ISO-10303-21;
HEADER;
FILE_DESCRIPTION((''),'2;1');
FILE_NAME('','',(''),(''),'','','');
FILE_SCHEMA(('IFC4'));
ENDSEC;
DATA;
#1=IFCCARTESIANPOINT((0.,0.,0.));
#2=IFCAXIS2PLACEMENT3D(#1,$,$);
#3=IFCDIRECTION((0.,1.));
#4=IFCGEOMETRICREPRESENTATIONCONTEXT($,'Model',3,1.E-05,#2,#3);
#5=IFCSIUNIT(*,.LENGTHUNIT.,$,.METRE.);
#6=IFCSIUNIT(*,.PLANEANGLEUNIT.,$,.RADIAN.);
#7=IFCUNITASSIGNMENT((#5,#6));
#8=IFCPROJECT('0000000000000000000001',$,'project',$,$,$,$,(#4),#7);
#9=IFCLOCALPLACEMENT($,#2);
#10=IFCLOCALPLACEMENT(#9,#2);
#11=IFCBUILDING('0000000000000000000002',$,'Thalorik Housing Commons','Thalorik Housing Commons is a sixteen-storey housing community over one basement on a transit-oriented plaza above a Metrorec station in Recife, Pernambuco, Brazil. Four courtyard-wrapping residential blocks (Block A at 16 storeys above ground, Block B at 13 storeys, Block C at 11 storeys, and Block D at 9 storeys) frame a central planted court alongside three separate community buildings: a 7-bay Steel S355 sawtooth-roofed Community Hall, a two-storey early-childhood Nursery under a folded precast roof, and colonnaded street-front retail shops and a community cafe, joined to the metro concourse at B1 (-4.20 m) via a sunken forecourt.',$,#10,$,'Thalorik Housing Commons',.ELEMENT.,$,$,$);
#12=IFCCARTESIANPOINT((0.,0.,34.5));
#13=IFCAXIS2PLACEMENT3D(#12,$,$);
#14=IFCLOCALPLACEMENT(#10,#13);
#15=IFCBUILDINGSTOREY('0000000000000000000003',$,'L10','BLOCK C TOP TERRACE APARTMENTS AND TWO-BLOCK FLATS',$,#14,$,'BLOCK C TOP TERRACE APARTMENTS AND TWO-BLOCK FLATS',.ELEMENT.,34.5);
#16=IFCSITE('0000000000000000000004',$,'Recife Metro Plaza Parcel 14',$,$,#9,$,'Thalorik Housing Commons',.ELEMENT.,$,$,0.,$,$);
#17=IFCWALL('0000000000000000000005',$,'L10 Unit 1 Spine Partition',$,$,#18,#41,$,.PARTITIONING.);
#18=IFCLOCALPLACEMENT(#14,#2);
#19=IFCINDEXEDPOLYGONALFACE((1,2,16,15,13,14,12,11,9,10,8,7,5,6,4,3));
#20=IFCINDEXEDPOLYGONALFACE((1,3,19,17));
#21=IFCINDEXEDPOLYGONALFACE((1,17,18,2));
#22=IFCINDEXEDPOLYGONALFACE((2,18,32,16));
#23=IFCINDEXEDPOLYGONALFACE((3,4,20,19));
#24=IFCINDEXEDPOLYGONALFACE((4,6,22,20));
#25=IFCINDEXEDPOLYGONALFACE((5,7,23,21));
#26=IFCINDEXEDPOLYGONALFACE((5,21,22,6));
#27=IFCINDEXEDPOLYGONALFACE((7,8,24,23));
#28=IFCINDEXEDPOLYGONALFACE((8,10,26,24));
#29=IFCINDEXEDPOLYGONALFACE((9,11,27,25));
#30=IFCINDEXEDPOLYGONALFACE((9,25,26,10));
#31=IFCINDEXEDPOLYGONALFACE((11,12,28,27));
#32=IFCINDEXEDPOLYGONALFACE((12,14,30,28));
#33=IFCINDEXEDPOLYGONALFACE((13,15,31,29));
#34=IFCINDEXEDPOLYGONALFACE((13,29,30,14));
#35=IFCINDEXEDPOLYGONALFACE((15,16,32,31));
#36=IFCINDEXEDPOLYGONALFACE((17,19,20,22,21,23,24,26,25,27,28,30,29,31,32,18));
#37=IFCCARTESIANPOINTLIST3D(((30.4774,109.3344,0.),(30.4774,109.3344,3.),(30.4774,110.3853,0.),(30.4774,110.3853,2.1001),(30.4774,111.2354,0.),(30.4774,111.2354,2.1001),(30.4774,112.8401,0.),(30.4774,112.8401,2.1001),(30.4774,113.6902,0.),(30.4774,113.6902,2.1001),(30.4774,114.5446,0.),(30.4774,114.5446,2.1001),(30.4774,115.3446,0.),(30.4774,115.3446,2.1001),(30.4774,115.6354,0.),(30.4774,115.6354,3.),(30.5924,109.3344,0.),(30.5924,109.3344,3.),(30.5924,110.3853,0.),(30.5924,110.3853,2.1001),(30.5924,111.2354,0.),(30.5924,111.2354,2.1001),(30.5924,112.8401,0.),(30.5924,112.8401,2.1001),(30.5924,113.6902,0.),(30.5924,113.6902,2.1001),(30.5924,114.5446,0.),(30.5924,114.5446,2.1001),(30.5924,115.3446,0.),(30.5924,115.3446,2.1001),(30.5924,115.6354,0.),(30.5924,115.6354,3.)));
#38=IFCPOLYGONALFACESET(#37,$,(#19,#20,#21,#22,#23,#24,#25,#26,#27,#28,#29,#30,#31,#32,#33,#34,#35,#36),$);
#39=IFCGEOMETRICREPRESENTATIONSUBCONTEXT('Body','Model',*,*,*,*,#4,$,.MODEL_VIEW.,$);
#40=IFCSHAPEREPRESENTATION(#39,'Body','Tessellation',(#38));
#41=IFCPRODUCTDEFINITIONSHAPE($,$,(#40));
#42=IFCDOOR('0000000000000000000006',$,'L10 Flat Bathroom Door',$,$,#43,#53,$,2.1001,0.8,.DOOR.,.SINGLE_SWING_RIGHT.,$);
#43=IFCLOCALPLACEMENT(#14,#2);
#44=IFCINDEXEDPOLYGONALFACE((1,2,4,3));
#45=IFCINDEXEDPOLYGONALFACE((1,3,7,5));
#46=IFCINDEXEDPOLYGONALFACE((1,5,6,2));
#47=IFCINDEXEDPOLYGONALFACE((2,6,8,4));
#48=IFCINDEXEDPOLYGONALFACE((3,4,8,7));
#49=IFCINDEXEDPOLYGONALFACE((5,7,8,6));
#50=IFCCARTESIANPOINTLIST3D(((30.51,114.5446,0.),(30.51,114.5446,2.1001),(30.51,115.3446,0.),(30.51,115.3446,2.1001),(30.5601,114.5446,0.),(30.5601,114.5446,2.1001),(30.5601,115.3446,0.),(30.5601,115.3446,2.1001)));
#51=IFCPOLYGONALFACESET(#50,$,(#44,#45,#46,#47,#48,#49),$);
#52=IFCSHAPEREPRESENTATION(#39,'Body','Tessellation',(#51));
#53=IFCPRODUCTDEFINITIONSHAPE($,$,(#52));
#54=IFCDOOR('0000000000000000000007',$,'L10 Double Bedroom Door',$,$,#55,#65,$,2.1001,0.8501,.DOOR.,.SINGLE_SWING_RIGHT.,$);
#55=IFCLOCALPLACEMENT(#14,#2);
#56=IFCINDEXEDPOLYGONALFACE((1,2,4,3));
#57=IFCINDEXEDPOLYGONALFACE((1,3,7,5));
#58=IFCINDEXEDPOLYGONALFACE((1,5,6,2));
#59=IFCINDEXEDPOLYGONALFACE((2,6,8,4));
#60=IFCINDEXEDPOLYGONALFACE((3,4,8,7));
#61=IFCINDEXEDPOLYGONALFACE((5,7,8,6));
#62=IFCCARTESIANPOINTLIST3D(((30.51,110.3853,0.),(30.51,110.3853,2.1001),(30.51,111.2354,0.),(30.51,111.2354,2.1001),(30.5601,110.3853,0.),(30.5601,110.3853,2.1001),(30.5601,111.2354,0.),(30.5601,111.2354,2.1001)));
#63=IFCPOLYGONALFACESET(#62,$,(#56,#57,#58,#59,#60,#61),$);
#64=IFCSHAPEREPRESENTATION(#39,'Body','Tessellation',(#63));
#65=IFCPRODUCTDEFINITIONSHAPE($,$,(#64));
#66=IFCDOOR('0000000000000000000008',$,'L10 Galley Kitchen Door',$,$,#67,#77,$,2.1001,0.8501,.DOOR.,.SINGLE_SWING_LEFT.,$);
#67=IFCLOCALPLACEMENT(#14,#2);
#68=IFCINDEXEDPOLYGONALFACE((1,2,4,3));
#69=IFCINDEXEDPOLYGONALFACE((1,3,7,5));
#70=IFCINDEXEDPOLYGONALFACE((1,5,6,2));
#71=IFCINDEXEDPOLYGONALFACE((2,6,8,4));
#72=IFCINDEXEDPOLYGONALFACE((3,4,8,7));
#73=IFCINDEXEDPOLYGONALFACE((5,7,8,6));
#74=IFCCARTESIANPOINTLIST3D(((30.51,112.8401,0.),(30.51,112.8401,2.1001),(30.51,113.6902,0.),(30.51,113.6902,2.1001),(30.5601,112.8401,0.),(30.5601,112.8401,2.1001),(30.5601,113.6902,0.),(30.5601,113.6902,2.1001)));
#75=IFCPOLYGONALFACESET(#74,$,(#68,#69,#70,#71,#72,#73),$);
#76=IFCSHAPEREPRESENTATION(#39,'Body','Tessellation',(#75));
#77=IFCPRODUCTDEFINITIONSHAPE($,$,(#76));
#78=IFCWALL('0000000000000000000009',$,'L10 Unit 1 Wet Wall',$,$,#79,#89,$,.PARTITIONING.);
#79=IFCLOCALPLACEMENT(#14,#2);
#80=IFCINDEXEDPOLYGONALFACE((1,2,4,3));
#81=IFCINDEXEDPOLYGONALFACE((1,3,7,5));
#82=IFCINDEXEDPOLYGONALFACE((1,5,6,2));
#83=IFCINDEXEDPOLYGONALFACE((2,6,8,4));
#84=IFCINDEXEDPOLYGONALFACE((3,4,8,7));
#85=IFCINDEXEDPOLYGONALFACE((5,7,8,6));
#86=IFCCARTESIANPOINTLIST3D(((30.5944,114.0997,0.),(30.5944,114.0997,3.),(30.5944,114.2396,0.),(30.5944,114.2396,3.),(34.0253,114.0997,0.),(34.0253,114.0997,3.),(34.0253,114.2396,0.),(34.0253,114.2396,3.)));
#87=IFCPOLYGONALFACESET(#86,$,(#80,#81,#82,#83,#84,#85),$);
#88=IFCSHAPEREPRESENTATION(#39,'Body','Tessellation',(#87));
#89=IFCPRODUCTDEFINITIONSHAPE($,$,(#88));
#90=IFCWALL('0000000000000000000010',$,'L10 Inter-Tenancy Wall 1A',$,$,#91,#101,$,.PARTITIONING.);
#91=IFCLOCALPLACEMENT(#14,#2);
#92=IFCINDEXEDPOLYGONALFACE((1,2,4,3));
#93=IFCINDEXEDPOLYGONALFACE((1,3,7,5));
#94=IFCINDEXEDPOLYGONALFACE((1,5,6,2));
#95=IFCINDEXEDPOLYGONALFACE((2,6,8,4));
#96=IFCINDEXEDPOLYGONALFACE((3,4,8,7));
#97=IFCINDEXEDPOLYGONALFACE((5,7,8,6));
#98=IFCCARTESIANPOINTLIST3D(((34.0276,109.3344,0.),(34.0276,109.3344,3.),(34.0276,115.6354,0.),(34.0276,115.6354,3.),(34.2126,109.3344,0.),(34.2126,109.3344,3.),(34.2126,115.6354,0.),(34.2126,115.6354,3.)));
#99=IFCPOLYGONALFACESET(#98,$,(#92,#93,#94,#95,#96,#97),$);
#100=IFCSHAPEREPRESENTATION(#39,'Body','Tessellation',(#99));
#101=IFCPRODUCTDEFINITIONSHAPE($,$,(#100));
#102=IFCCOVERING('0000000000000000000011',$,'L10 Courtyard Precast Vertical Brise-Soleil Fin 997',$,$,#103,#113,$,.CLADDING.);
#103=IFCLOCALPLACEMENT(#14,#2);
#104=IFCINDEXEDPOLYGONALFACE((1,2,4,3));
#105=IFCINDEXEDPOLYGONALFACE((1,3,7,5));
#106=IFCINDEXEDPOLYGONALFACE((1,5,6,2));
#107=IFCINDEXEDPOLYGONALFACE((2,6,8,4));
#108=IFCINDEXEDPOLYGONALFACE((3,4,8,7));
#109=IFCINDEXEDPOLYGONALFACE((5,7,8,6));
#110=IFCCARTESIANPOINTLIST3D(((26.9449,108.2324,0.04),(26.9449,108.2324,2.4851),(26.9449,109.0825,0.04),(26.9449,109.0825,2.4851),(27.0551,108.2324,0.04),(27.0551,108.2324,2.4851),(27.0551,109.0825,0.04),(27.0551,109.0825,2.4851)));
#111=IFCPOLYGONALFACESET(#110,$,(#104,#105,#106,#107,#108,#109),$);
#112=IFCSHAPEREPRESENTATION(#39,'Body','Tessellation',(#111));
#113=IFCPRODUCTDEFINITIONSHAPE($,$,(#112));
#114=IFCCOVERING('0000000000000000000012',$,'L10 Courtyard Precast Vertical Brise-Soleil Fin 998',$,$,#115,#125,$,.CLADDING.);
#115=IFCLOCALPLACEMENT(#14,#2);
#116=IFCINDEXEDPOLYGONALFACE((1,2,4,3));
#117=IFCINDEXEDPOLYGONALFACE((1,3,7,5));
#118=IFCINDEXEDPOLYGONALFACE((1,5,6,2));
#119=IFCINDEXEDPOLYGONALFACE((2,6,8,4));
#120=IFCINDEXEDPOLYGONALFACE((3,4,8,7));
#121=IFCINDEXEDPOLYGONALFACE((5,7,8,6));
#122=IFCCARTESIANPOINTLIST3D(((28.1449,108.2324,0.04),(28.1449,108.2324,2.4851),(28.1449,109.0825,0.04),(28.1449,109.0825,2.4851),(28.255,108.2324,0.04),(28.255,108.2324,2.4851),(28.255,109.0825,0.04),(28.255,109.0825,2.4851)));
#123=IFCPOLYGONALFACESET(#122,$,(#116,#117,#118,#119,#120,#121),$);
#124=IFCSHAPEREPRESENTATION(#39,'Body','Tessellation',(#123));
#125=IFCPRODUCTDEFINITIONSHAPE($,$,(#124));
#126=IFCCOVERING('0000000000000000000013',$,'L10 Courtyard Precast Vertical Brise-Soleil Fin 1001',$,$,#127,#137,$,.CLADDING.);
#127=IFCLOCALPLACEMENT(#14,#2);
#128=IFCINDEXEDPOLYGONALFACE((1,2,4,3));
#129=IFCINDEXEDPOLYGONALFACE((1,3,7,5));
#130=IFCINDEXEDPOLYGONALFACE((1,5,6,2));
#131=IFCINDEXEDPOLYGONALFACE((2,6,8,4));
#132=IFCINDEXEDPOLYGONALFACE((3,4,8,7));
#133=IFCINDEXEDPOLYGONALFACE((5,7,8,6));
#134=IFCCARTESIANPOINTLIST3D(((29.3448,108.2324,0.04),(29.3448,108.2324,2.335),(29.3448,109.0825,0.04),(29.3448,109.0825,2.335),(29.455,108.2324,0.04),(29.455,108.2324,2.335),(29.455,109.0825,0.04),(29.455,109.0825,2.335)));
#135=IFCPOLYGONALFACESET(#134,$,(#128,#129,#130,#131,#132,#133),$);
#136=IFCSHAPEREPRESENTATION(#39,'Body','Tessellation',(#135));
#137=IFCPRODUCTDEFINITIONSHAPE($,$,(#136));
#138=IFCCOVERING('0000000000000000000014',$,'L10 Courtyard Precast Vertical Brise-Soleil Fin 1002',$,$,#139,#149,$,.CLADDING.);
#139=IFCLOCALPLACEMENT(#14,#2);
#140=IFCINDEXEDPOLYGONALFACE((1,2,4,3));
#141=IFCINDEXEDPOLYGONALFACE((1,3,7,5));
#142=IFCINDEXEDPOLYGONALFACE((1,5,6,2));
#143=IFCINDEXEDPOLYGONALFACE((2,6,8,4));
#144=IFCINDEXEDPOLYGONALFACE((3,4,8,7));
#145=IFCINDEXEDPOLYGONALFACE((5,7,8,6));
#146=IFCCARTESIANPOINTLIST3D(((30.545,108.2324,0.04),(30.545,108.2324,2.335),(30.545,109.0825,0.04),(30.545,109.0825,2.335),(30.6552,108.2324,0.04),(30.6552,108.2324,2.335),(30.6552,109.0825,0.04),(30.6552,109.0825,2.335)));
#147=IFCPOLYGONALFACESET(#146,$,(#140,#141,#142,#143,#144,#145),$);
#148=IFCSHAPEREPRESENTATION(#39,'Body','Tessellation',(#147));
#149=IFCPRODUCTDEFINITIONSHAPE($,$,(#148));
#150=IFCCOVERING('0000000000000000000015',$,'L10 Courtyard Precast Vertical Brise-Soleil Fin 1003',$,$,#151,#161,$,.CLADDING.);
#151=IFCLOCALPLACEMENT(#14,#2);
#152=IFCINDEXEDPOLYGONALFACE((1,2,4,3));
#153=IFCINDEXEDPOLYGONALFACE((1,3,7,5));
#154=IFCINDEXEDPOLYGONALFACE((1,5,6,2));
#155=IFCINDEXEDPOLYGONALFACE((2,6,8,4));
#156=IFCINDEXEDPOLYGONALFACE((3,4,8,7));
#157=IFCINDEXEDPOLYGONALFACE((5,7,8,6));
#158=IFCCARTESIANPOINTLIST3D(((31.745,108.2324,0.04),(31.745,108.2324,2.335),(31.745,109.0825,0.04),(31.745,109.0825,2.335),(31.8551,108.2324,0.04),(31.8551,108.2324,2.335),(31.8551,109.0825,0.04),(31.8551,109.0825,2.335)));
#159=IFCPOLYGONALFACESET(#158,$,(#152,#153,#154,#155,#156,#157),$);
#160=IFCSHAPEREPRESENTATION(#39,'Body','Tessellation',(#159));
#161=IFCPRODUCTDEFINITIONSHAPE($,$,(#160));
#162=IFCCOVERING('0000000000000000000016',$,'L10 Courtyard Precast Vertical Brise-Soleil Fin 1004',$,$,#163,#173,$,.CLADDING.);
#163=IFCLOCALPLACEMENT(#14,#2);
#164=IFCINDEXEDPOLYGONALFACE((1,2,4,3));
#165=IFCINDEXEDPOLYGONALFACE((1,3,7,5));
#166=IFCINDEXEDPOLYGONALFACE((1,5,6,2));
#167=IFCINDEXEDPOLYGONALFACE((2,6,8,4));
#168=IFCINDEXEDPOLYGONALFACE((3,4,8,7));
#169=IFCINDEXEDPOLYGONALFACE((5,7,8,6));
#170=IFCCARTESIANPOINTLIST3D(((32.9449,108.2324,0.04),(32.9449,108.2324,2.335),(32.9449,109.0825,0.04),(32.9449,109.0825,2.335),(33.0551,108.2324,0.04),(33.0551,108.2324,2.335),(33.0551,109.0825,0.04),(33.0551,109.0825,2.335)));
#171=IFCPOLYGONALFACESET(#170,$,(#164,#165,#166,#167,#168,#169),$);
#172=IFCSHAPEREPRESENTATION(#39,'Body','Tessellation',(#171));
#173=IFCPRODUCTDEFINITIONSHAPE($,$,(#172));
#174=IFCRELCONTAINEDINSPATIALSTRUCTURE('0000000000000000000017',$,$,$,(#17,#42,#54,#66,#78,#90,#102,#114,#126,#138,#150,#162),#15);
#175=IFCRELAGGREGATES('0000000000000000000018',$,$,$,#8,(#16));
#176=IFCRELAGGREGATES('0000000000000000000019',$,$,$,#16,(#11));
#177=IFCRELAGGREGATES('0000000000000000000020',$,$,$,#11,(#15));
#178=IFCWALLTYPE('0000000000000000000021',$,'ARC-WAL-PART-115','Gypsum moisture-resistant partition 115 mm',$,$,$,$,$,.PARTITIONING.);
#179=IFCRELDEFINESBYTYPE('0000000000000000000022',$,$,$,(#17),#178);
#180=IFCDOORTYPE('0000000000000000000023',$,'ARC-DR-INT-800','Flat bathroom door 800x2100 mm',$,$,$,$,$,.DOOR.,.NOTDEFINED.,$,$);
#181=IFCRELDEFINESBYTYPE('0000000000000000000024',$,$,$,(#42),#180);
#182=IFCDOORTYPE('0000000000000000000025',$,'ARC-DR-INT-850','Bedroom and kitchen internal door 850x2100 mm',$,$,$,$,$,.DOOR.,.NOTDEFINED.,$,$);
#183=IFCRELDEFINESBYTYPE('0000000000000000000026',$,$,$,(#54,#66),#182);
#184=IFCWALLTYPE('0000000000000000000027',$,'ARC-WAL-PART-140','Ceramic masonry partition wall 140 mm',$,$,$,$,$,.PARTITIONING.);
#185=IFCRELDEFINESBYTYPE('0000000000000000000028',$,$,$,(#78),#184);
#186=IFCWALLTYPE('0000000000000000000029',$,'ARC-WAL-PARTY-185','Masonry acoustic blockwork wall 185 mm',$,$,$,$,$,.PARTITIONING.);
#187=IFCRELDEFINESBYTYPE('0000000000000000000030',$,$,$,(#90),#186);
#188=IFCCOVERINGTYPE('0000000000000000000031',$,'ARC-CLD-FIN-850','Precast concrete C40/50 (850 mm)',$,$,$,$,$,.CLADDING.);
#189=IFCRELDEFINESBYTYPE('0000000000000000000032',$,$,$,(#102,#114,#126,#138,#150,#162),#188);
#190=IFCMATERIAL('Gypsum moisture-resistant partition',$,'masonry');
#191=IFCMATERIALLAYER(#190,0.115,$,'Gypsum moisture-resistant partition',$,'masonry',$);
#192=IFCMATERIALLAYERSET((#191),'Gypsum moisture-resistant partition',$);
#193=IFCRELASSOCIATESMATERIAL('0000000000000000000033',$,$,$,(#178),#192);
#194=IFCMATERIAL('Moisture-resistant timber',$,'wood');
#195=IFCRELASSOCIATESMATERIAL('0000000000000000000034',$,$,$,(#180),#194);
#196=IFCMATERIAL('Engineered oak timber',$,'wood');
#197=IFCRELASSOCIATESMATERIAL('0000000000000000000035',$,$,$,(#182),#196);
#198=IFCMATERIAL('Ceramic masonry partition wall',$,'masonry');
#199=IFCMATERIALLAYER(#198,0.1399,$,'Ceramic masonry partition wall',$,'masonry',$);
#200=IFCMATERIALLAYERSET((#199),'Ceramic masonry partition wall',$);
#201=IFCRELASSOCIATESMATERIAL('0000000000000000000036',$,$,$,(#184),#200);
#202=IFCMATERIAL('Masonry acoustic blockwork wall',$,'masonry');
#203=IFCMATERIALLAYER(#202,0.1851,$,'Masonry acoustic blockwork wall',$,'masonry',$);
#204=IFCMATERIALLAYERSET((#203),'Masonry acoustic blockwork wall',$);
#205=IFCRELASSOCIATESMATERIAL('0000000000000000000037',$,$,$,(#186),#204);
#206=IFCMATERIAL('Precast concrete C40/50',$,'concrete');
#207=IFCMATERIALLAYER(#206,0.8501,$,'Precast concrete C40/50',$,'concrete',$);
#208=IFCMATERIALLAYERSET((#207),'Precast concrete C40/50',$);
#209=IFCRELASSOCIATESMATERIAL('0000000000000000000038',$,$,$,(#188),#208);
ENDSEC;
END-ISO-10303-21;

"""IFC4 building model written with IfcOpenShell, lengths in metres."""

from ifc_helpers import new_model, si_unit, direction, frame, frame_2d, origin, origin_2d, place, context, subcontext, project, spatial, rectangle, extrude, material, layer, layer_set, type_object, element, fill, save


model = new_model("IFC4")

# Units and contexts
model_context = context("Model", 3, precision=1e-05, world=origin(), true_north=direction((0.0, 1.0)))
body_context = subcontext(model_context, "Body", "Model", "MODEL_VIEW")
ifc_project = project(units=[si_unit("LENGTHUNIT", "METRE"), si_unit("PLANEANGLEUNIT", "RADIAN")], contexts=[model_context])

# Site, building, storey
site_placement = place(None, origin())
site = spatial("IfcSite", under=ifc_project, at=site_placement, Name="Recife Metro Plaza Parcel 14", LongName="Thalorik Housing Commons", CompositionType="ELEMENT", RefElevation=0.0)
building_placement = place(site_placement, origin())
building = spatial("IfcBuilding", under=site, at=building_placement, Name="Thalorik Housing Commons", Description="Thalorik Housing Commons is a sixteen-storey housing community over one basement on a transit-oriented plaza above a Metrorec station in Recife, Pernambuco, Brazil. Four courtyard-wrapping residential blocks (Block A at 16 storeys above ground, Block B at 13 storeys, Block C at 11 storeys, and Block D at 9 storeys) frame a central planted court alongside three separate community buildings: a 7-bay Steel S355 sawtooth-roofed Community Hall, a two-storey early-childhood Nursery under a folded precast roof, and colonnaded street-front retail shops and a community cafe, joined to the metro concourse at B1 (-4.20 m) via a sunken forecourt.", LongName="Thalorik Housing Commons", CompositionType="ELEMENT")
storey_placement = place(building_placement, frame((0.0, 0.0, 34.5)))
storey = spatial("IfcBuildingStorey", under=building, at=storey_placement, Name="L10", Description="BLOCK C TOP TERRACE APARTMENTS AND TWO-BLOCK FLATS", LongName="BLOCK C TOP TERRACE APARTMENTS AND TWO-BLOCK FLATS", CompositionType="ELEMENT", Elevation=34.5)

# Shared definitions
ifc_material_1 = material(Name="Precast concrete C40/50", Category="concrete")

# Wall, openings, doors
ifc_material_2 = material(Name="Gypsum moisture-resistant partition", Category="masonry")
ifc_layer_1 = layer(ifc_material_2, 0.115, Name="Gypsum moisture-resistant partition", Category="masonry")
ifc_layer_set_1 = layer_set([ifc_layer_1], Name="Gypsum moisture-resistant partition")
wall_type_1 = type_object("IfcWallType", Name="ARC-WAL-PART-115", Description="Gypsum moisture-resistant partition 115 mm", PredefinedType="PARTITIONING", material=ifc_layer_set_1)
wall_1_placement = place(storey_placement, frame((30.5349, 109.3345, 0.0), z_axis=(0.0, 0.0, 1.0), x_axis=(0.0, 1.0, 0.0)))
wall_1 = element("IfcWall", 1, at=wall_1_placement, inside=storey, type_object=wall_type_1, Name="L10 Unit 1 Spine Partition", PredefinedType="PARTITIONING", context=body_context, shape_type="SweptSolid", body=[
    extrude(rectangle(XDim=6.301, YDim=0.115, at=frame_2d((3.1504, 0.0))), origin(), (0.0, 0.0, 1.0), 3.0),
])
opening_1_placement = place(wall_1_placement, frame((1.0508, 0.0, 0.0)))
opening_1 = element("IfcOpeningElement", 2, at=opening_1_placement, cuts=wall_1, PredefinedType="OPENING", context=body_context, shape_type="SweptSolid", body=[
    extrude(rectangle(XDim=0.8501, YDim=2.1001, at=frame_2d((0.425, 1.05))), frame((0.0, 0.0674, 0.0), z_axis=(0.0, -1.0, 0.0), x_axis=(1.0, 0.0, 0.0)), (0.0, 0.0, 1.0), 0.135),
])
opening_2_placement = place(wall_1_placement, frame((3.5056, 0.0, 0.0)))
opening_2 = element("IfcOpeningElement", 3, at=opening_2_placement, cuts=wall_1, PredefinedType="OPENING", context=body_context, shape_type="SweptSolid", body=[
    extrude(rectangle(XDim=0.8501, YDim=2.1001, at=frame_2d((0.425, 1.05))), frame((0.0, 0.0674, 0.0), z_axis=(0.0, -1.0, 0.0), x_axis=(1.0, 0.0, 0.0)), (0.0, 0.0, 1.0), 0.135),
])
opening_3_placement = place(wall_1_placement, frame((5.2102, 0.0, 0.0)))
opening_3 = element("IfcOpeningElement", 4, at=opening_3_placement, cuts=wall_1, PredefinedType="OPENING", context=body_context, shape_type="SweptSolid", body=[
    extrude(rectangle(XDim=0.8, YDim=2.1001, at=frame_2d((0.3999, 1.05))), frame((0.0, 0.0674, 0.0), z_axis=(0.0, -1.0, 0.0), x_axis=(1.0, 0.0, 0.0)), (0.0, 0.0, 1.0), 0.135),
])
ifc_material_3 = material(Name="Moisture-resistant timber", Category="wood")
door_type_1 = type_object("IfcDoorType", Name="ARC-DR-INT-800", Description="Flat bathroom door 800x2100 mm", OperationType="NOTDEFINED", PredefinedType="DOOR", material=ifc_material_3)
door_1_placement = place(opening_3_placement, origin())
door_1 = element("IfcDoor", 5, at=door_1_placement, inside=storey, type_object=door_type_1, Name="L10 Flat Bathroom Door", OperationType="SINGLE_SWING_RIGHT", OverallHeight=2.1001, OverallWidth=0.8, PredefinedType="DOOR", context=body_context, shape_type="SweptSolid", body=[
    extrude(rectangle(XDim=0.8, YDim=2.1001, at=frame_2d((0.3999, 1.05))), frame((0.0, 0.0249, 0.0), z_axis=(0.0, -1.0, 0.0), x_axis=(1.0, 0.0, 0.0)), (0.0, 0.0, 1.0), 0.05),
])
fill(opening_3, door_1)
ifc_material_4 = material(Name="Engineered oak timber", Category="wood")
door_type_2 = type_object("IfcDoorType", Name="ARC-DR-INT-850", Description="Bedroom and kitchen internal door 850x2100 mm", OperationType="NOTDEFINED", PredefinedType="DOOR", material=ifc_material_4)
door_2_placement = place(opening_1_placement, origin())
door_2 = element("IfcDoor", 6, at=door_2_placement, inside=storey, type_object=door_type_2, Name="L10 Double Bedroom Door", OperationType="SINGLE_SWING_RIGHT", OverallHeight=2.1001, OverallWidth=0.8501, PredefinedType="DOOR", context=body_context, shape_type="SweptSolid", body=[
    extrude(rectangle(XDim=0.8501, YDim=2.1001, at=frame_2d((0.425, 1.05))), frame((0.0, 0.0249, 0.0), z_axis=(0.0, -1.0, 0.0), x_axis=(1.0, 0.0, 0.0)), (0.0, 0.0, 1.0), 0.05),
])
fill(opening_1, door_2)
door_3_placement = place(opening_2_placement, origin())
door_3 = element("IfcDoor", 7, at=door_3_placement, inside=storey, type_object=door_type_2, Name="L10 Galley Kitchen Door", OperationType="SINGLE_SWING_LEFT", OverallHeight=2.1001, OverallWidth=0.8501, PredefinedType="DOOR", context=body_context, shape_type="SweptSolid", body=[
    extrude(rectangle(XDim=0.8501, YDim=2.1001, at=frame_2d((0.425, 1.05))), frame((0.0, 0.0249, 0.0), z_axis=(0.0, -1.0, 0.0), x_axis=(1.0, 0.0, 0.0)), (0.0, 0.0, 1.0), 0.05),
])
fill(opening_2, door_3)

# Walls
ifc_material_5 = material(Name="Ceramic masonry partition wall", Category="masonry")
ifc_layer_2 = layer(ifc_material_5, 0.1399, Name="Ceramic masonry partition wall", Category="masonry")
ifc_layer_set_2 = layer_set([ifc_layer_2], Name="Ceramic masonry partition wall")
wall_type_2 = type_object("IfcWallType", Name="ARC-WAL-PART-140", Description="Ceramic masonry partition wall 140 mm", PredefinedType="PARTITIONING", material=ifc_layer_set_2)
wall_2_placement = place(storey_placement, frame((30.5945, 114.1697, 0.0), z_axis=(0.0, 0.0, 1.0), x_axis=(1.0, 0.0, 0.0)))
element("IfcWall", 8, at=wall_2_placement, inside=storey, type_object=wall_type_2, Name="L10 Unit 1 Wet Wall", PredefinedType="PARTITIONING", context=body_context, shape_type="SweptSolid", body=[
    extrude(rectangle(XDim=3.4309, YDim=0.1399, at=frame_2d((1.7153, 0.0))), origin(), (0.0, 0.0, 1.0), 3.0),
])
ifc_material_6 = material(Name="Masonry acoustic blockwork wall", Category="masonry")
ifc_layer_3 = layer(ifc_material_6, 0.1851, Name="Masonry acoustic blockwork wall", Category="masonry")
ifc_layer_set_3 = layer_set([ifc_layer_3], Name="Masonry acoustic blockwork wall")
wall_type_3 = type_object("IfcWallType", Name="ARC-WAL-PARTY-185", Description="Masonry acoustic blockwork wall 185 mm", PredefinedType="PARTITIONING", material=ifc_layer_set_3)
wall_3_placement = place(storey_placement, frame((34.1201, 109.3345, 0.0), z_axis=(0.0, 0.0, 1.0), x_axis=(0.0, 1.0, 0.0)))
element("IfcWall", 9, at=wall_3_placement, inside=storey, type_object=wall_type_3, Name="L10 Inter-Tenancy Wall 1A", PredefinedType="PARTITIONING", context=body_context, shape_type="SweptSolid", body=[
    extrude(rectangle(XDim=6.301, YDim=0.1851, at=frame_2d((3.1504, 0.0))), origin(), (0.0, 0.0, 1.0), 3.0),
])

# Coverings
ifc_layer_4 = layer(ifc_material_1, 0.8501, Name="Precast concrete C40/50", Category="concrete")
ifc_layer_set_4 = layer_set([ifc_layer_4], Name="Precast concrete C40/50")
covering_type_1 = type_object("IfcCoveringType", Name="ARC-CLD-FIN-850", Description="Precast concrete C40/50 (850 mm)", PredefinedType="CLADDING", material=ifc_layer_set_4)
for number, where, z_axis, x_axis, name in (
    (10, (27.0, 108.6575, 0.04), (0.0, 0.0, 1.0), (1.0, 0.0, 0.0), "L10 Courtyard Precast Vertical Brise-Soleil Fin 997"),
    (11, (28.2, 108.6575, 0.04), (0.0, 0.0, 1.0), (1.0, 0.0, 0.0), "L10 Courtyard Precast Vertical Brise-Soleil Fin 998"),
):
    element("IfcCovering", number, at=place(storey_placement, frame(where, z_axis=z_axis, x_axis=x_axis)), inside=storey, type_object=covering_type_1, Name=name, PredefinedType="CLADDING", context=body_context, shape_type="SweptSolid", body=[
        extrude(rectangle(XDim=0.1101, YDim=0.8501, at=origin_2d()), origin(), (0.0, 0.0, 1.0), 2.4451),
    ])
for number, where, z_axis, x_axis, name in (
    (12, (29.3999, 108.6575, 0.04), (0.0, 0.0, 1.0), (1.0, 0.0, 0.0), "L10 Courtyard Precast Vertical Brise-Soleil Fin 1001"),
    (13, (30.6001, 108.6575, 0.04), (0.0, 0.0, 1.0), (1.0, 0.0, 0.0), "L10 Courtyard Precast Vertical Brise-Soleil Fin 1002"),
    (14, (31.8, 108.6575, 0.04), (0.0, 0.0, 1.0), (1.0, 0.0, 0.0), "L10 Courtyard Precast Vertical Brise-Soleil Fin 1003"),
    (15, (33.0, 108.6575, 0.04), (0.0, 0.0, 1.0), (1.0, 0.0, 0.0), "L10 Courtyard Precast Vertical Brise-Soleil Fin 1004"),
):
    element("IfcCovering", number, at=place(storey_placement, frame(where, z_axis=z_axis, x_axis=x_axis)), inside=storey, type_object=covering_type_1, Name=name, PredefinedType="CLADDING", context=body_context, shape_type="SweptSolid", body=[
        extrude(rectangle(XDim=0.1101, YDim=0.8501, at=origin_2d()), origin(), (0.0, 0.0, 1.0), 2.2949),
    ])

save(model, "model.ifc")
